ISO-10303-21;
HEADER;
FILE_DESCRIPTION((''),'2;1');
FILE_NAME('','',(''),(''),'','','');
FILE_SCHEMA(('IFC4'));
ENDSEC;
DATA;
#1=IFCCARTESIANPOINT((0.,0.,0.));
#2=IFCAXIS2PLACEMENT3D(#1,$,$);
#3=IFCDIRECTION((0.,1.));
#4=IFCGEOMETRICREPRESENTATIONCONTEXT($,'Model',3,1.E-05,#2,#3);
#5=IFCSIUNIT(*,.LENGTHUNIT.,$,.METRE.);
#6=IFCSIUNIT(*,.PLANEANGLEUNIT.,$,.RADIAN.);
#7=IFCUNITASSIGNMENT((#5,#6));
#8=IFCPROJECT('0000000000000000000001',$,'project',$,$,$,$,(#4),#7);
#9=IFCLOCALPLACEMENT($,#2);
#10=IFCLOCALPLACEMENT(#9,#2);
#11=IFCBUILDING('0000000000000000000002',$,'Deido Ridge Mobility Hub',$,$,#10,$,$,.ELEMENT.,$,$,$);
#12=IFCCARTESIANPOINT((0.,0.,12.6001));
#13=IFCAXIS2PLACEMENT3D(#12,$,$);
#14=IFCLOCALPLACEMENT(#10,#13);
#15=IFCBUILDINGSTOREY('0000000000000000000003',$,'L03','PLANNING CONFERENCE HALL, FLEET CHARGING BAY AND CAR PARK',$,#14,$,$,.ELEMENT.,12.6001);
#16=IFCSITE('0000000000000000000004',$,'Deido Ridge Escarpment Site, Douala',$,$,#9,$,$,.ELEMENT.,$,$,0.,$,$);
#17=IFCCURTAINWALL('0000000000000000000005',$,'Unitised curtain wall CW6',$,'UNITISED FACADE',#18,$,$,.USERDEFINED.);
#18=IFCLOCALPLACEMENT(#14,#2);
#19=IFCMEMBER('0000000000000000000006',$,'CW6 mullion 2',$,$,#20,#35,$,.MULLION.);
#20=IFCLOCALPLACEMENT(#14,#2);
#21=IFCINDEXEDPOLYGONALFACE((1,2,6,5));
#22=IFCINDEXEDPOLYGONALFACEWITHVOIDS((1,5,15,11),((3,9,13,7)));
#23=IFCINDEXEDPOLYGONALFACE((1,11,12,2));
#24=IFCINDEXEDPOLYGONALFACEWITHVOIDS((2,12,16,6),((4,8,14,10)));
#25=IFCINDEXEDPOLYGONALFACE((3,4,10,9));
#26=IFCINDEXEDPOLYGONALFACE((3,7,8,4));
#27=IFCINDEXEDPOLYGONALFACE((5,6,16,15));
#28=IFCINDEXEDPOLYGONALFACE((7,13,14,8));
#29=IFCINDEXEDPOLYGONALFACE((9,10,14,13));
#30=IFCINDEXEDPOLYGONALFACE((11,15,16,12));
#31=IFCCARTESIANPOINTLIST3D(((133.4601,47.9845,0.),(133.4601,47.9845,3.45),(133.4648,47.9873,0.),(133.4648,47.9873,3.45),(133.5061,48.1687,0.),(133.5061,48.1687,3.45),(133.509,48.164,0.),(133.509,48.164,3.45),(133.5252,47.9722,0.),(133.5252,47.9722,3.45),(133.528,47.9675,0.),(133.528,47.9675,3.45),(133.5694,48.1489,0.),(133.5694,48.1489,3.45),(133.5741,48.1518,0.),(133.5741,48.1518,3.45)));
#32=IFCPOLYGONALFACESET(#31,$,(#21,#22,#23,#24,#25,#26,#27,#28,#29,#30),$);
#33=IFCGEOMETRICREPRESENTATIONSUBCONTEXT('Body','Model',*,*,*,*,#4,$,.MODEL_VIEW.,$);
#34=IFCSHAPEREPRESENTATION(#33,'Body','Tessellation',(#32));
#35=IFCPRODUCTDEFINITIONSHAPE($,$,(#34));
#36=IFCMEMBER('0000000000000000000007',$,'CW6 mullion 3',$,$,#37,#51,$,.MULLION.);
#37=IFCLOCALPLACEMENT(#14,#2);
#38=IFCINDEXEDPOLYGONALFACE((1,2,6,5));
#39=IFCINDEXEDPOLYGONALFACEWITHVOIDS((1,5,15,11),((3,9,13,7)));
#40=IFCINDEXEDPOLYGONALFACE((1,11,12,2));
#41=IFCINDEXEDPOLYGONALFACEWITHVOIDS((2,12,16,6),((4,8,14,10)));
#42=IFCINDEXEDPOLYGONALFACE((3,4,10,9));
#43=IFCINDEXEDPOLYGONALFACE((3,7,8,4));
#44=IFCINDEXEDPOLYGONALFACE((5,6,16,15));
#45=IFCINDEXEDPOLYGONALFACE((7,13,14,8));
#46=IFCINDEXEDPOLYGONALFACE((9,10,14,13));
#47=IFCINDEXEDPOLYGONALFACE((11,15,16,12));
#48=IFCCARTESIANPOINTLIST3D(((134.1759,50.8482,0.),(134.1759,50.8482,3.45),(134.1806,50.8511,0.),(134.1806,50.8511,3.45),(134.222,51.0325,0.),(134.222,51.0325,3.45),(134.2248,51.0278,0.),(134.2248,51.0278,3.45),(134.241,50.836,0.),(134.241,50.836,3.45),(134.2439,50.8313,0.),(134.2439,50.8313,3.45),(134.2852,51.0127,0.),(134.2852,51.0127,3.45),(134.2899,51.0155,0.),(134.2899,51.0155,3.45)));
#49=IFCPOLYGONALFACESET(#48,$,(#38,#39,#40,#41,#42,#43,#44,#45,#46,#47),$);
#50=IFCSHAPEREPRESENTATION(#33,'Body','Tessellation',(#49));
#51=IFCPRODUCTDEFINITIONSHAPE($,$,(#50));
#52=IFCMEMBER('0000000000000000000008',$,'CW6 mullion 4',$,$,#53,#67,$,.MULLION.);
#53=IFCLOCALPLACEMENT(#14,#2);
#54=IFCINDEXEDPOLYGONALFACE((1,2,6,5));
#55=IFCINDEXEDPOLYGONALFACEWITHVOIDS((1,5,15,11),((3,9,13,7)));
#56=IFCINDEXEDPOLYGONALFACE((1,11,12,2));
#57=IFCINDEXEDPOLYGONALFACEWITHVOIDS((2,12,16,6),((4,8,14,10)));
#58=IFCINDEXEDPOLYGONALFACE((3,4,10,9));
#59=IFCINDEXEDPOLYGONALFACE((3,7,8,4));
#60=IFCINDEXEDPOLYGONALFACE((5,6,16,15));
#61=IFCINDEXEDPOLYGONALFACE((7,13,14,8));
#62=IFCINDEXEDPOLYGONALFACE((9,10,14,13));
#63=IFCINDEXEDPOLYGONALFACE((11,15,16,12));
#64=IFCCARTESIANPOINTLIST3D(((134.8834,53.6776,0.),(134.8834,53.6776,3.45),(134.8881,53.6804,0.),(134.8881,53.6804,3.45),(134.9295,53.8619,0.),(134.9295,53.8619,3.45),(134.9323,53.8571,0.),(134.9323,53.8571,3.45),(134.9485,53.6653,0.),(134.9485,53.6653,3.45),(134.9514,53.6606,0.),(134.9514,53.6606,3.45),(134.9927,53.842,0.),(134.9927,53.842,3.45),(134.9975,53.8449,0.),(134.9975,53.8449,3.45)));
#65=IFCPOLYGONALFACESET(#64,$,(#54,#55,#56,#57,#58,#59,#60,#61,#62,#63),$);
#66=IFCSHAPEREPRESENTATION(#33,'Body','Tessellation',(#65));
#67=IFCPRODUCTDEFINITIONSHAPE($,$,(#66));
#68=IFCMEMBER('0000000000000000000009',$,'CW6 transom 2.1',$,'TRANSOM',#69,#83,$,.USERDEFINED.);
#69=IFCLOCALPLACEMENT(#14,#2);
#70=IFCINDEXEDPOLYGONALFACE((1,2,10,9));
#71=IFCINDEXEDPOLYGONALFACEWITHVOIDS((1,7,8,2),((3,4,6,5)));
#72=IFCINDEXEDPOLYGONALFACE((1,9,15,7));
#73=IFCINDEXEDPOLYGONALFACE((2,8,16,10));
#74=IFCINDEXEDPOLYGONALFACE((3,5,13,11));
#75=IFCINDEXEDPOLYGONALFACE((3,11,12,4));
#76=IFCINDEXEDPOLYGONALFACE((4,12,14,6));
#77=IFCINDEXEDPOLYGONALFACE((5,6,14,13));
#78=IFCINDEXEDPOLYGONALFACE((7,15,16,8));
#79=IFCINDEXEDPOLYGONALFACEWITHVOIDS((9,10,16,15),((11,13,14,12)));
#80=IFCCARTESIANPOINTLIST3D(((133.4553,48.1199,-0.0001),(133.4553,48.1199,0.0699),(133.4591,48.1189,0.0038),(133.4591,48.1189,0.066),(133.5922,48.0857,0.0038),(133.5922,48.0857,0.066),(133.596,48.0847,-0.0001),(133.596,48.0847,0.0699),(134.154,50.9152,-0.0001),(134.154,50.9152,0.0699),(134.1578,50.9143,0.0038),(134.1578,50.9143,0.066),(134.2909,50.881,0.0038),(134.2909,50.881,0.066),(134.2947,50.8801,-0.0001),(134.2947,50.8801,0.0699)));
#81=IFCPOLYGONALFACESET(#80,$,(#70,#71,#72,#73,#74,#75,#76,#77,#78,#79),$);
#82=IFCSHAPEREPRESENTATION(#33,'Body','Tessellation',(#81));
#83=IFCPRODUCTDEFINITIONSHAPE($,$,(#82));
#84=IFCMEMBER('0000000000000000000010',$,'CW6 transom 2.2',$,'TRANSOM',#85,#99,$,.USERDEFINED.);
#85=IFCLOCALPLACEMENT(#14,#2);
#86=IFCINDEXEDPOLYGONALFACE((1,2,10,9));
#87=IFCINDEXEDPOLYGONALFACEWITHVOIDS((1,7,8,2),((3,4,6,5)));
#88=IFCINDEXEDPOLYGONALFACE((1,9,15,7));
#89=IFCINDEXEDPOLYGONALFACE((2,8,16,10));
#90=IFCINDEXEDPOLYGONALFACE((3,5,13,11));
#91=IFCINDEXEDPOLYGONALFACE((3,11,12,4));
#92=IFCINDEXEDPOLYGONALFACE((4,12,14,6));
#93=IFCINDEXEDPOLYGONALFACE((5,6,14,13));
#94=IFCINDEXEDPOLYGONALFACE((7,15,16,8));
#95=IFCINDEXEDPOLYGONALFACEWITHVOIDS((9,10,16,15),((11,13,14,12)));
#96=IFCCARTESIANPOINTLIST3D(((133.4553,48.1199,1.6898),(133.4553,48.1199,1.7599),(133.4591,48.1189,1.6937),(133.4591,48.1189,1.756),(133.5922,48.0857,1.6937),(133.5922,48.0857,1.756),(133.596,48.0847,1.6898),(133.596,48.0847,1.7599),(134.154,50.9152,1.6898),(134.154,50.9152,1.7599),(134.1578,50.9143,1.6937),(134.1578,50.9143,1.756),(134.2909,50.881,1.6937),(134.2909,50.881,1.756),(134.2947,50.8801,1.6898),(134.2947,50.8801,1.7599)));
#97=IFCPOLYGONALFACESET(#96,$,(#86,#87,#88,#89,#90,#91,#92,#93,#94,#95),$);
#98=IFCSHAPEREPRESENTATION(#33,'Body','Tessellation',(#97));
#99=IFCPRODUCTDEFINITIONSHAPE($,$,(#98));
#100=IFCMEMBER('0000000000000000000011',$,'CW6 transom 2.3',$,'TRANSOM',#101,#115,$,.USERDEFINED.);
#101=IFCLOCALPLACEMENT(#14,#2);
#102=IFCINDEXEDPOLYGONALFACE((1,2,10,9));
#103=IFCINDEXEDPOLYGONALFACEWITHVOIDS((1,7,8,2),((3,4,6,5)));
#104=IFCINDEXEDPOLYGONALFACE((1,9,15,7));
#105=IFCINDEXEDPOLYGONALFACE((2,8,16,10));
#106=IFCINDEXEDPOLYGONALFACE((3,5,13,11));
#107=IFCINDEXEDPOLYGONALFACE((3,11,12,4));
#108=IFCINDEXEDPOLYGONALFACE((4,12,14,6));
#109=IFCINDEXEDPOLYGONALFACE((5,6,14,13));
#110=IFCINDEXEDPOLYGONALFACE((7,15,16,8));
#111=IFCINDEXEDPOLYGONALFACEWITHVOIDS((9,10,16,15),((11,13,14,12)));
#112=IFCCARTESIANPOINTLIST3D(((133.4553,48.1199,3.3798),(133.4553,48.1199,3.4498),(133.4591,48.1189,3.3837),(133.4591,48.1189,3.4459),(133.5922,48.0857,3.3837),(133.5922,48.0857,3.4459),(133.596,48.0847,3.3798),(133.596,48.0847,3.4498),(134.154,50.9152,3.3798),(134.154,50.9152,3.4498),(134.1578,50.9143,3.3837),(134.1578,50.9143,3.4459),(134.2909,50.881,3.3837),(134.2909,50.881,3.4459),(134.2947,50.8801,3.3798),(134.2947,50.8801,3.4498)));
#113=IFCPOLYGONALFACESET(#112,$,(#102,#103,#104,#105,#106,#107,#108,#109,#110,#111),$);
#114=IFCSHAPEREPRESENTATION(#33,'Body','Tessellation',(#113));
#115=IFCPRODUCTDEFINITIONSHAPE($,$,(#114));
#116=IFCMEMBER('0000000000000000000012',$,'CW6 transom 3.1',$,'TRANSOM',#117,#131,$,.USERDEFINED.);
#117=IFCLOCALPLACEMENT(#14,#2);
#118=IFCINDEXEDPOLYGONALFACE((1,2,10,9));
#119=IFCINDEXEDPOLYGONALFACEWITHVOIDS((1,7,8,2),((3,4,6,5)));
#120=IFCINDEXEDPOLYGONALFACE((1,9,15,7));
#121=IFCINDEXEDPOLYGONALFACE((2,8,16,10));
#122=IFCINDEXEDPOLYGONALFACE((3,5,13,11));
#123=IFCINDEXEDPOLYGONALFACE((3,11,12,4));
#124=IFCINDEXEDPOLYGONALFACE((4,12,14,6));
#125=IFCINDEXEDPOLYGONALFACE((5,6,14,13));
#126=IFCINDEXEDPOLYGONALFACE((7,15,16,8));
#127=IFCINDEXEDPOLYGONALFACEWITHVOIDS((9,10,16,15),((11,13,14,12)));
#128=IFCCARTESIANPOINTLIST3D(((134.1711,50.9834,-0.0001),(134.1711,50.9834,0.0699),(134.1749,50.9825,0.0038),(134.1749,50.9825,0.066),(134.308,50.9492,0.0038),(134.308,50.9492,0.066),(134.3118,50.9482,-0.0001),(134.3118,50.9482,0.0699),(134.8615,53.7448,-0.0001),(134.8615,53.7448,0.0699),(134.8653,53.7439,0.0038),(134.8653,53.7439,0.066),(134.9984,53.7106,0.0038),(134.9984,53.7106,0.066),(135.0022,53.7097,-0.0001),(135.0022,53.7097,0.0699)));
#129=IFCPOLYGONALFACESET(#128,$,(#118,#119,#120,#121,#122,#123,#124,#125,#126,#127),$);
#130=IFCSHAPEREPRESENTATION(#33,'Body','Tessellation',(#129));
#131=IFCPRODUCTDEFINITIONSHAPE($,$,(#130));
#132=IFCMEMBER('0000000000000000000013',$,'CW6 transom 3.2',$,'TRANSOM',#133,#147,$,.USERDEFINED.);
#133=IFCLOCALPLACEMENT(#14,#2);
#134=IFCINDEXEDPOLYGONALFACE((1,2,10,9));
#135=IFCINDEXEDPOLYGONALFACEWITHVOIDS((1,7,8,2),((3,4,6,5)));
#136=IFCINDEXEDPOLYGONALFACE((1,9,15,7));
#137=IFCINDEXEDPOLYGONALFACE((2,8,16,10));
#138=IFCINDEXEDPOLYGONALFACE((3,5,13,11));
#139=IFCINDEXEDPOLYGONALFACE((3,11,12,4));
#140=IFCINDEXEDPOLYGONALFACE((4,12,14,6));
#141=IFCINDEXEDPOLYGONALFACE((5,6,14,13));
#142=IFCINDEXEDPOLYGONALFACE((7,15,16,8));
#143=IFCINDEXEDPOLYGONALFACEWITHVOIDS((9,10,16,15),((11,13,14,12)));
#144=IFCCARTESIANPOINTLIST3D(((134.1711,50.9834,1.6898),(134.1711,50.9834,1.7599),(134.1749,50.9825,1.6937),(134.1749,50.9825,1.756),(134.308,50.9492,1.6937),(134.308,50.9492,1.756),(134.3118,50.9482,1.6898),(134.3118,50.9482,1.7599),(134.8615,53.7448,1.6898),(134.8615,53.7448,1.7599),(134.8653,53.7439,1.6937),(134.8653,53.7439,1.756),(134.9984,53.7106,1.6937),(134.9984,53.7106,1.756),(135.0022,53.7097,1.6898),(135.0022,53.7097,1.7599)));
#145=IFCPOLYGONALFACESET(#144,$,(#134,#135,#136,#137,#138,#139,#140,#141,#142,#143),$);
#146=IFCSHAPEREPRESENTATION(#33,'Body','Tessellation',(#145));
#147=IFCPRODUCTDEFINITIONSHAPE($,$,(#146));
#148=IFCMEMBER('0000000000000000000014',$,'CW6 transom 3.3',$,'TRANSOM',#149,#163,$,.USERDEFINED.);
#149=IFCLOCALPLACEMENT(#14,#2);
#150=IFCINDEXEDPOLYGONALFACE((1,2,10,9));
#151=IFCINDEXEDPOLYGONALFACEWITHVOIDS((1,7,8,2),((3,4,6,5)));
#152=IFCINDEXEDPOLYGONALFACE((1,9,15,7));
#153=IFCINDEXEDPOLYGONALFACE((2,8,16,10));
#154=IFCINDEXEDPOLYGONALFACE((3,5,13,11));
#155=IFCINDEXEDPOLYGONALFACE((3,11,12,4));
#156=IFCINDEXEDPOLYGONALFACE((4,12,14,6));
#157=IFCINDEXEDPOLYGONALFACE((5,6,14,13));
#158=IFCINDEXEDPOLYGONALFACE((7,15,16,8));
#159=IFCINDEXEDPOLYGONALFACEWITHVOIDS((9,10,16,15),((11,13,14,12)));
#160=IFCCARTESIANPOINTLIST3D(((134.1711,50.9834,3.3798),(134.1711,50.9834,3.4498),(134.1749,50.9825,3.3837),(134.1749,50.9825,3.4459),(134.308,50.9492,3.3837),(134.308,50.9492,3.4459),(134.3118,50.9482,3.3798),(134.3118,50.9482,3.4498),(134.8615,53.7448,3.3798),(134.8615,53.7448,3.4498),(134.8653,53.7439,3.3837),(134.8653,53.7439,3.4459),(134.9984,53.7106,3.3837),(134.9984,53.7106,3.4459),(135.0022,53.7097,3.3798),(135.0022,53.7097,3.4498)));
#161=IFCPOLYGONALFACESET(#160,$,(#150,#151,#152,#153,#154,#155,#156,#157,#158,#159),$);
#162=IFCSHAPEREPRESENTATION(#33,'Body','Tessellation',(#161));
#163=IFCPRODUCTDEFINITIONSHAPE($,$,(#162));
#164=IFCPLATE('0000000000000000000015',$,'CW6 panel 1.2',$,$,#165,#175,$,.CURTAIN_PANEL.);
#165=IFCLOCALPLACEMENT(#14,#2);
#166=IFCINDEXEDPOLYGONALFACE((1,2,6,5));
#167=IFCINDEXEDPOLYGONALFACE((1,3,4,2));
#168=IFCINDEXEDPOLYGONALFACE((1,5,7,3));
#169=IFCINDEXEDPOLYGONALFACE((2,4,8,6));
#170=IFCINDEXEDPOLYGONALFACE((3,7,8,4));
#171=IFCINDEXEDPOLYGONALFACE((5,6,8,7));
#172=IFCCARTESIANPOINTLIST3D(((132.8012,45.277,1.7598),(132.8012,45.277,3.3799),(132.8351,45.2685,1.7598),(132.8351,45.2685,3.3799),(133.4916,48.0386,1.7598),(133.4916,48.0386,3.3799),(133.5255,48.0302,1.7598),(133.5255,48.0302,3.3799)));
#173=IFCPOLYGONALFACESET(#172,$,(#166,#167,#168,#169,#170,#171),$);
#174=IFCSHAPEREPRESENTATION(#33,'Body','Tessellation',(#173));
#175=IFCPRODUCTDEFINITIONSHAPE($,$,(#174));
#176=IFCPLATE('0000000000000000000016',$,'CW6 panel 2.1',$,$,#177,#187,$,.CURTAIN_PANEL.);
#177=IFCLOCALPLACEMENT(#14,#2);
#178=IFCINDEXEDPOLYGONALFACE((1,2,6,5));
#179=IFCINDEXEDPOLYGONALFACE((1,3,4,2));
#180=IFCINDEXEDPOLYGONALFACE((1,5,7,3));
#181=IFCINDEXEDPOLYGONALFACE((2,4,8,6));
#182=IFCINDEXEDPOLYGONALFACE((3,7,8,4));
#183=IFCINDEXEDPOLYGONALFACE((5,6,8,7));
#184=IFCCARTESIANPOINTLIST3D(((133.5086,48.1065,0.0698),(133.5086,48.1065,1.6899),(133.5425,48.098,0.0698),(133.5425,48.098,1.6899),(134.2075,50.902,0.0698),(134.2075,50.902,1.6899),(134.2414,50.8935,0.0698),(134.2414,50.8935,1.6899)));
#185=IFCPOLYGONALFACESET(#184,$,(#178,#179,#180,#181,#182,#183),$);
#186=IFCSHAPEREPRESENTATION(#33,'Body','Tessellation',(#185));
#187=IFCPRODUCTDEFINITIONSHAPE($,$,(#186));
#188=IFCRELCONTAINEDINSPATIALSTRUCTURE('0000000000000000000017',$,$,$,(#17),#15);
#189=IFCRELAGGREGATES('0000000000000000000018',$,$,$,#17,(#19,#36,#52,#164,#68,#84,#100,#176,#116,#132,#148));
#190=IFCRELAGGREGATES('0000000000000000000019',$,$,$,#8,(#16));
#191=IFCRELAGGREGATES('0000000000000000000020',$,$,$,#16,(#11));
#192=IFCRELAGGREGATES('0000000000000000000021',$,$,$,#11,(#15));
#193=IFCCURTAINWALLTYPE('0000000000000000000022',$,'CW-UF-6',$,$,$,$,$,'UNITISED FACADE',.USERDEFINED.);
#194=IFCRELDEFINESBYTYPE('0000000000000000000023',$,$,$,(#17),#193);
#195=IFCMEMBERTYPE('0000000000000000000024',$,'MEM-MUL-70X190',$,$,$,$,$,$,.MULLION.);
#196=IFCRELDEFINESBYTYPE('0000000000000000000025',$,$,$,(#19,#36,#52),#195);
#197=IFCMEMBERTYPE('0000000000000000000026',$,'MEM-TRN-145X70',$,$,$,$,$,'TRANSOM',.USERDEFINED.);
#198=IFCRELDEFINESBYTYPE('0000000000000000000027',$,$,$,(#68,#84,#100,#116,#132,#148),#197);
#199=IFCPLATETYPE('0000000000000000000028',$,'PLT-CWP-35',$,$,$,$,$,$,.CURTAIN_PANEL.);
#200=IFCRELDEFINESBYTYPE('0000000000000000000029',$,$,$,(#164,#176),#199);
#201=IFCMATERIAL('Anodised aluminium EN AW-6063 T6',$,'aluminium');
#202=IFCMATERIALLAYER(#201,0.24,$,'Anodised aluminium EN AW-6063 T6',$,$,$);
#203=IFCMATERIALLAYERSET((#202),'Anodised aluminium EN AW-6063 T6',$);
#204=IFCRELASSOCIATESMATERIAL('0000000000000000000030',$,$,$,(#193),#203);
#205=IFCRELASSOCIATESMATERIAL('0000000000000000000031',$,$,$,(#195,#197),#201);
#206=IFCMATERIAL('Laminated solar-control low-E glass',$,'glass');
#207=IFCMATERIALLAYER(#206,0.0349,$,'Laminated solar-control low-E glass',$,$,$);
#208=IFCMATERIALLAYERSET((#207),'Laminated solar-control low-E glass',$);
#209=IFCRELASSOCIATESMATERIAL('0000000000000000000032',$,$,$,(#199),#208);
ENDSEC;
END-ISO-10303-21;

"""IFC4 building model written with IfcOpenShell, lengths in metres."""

from ifc_helpers import new_model, si_unit, direction, frame, origin, origin_2d, place, context, subcontext, project, spatial, rectangle, hollow_rectangle, extrude, material, layer, layer_set, material_profile, profile_set, type_object, element, aggregate, save


model = new_model("IFC4")

# Units and contexts
model_context = context("Model", 3, precision=1e-05, world=origin(), true_north=direction((0.0, 1.0)))
body_context = subcontext(model_context, "Body", "Model", "MODEL_VIEW")
ifc_project = project(units=[si_unit("LENGTHUNIT", "METRE"), si_unit("PLANEANGLEUNIT", "RADIAN")], contexts=[model_context])

# Site, building, storey
site_placement = place(None, origin())
site = spatial("IfcSite", under=ifc_project, at=site_placement, Name="Deido Ridge Escarpment Site, Douala", CompositionType="ELEMENT", RefElevation=0.0)
building_placement = place(site_placement, origin())
building = spatial("IfcBuilding", under=site, at=building_placement, Name="Deido Ridge Mobility Hub", CompositionType="ELEMENT")
storey_placement = place(building_placement, frame((0.0, 0.0, 12.6001)))
storey = spatial("IfcBuildingStorey", under=building, at=storey_placement, Name="L03", Description="PLANNING CONFERENCE HALL, FLEET CHARGING BAY AND CAR PARK", CompositionType="ELEMENT", Elevation=12.6001)

# Curtain wall, members, plates
ifc_material_1 = material(Name="Anodised aluminium EN AW-6063 T6", Category="aluminium")
ifc_layer_1 = layer(ifc_material_1, 0.24, Name="Anodised aluminium EN AW-6063 T6")
ifc_layer_set_1 = layer_set([ifc_layer_1], Name="Anodised aluminium EN AW-6063 T6")
curtain_wall_type = type_object("IfcCurtainWallType", Name="CW-UF-6", ElementType="UNITISED FACADE", PredefinedType="USERDEFINED", material=ifc_layer_set_1)
curtain_wall_placement = place(storey_placement, origin())
curtain_wall = element("IfcCurtainWall", 1, at=curtain_wall_placement, inside=storey, type_object=curtain_wall_type, Name="Unitised curtain wall CW6", ObjectType="UNITISED FACADE", PredefinedType="USERDEFINED")
ifc_material_profile_1 = material_profile(ifc_material_1, hollow_rectangle(XDim=0.0701, YDim=0.1899, WallThickness=0.0039, at=origin_2d()), Name="RHS 70x190x4")
ifc_profile_set_1 = profile_set([ifc_material_profile_1], Name="Anodised aluminium EN AW-6063 T6")
member_type_1 = type_object("IfcMemberType", Name="MEM-MUL-70X190", PredefinedType="MULLION", material=ifc_profile_set_1)
member_1_placement = place(storey_placement, frame((133.5171, 48.0681, 0.0), z_axis=(0.0, 0.0, 1.0), x_axis=(-0.970144, 0.24253, 0.0)))
member_1 = element("IfcMember", 2, at=member_1_placement, type_object=member_type_1, Name="CW6 mullion 2", PredefinedType="MULLION", context=body_context, shape_type="SweptSolid", body=[
    extrude(hollow_rectangle(XDim=0.0701, YDim=0.1899, WallThickness=0.0039, at=origin_2d()), origin(), (0.0, 0.0, 1.0), 3.45),
])
member_2_placement = place(storey_placement, frame((134.2329, 50.9319, 0.0), z_axis=(0.0, 0.0, 1.0), x_axis=(-0.970144, 0.24253, 0.0)))
member_2 = element("IfcMember", 3, at=member_2_placement, type_object=member_type_1, Name="CW6 mullion 3", PredefinedType="MULLION", context=body_context, shape_type="SweptSolid", body=[
    extrude(hollow_rectangle(XDim=0.0701, YDim=0.1899, WallThickness=0.0039, at=origin_2d()), origin(), (0.0, 0.0, 1.0), 3.45),
])
member_3_placement = place(storey_placement, frame((134.9404, 53.7612, 0.0), z_axis=(0.0, 0.0, 1.0), x_axis=(-0.970144, 0.24253, 0.0)))
member_3 = element("IfcMember", 4, at=member_3_placement, type_object=member_type_1, Name="CW6 mullion 4", PredefinedType="MULLION", context=body_context, shape_type="SweptSolid", body=[
    extrude(hollow_rectangle(XDim=0.0701, YDim=0.1899, WallThickness=0.0039, at=origin_2d()), origin(), (0.0, 0.0, 1.0), 3.45),
])
ifc_material_profile_2 = material_profile(ifc_material_1, hollow_rectangle(XDim=0.145, YDim=0.0701, WallThickness=0.0039, at=origin_2d()), Name="RHS 145x70x4")
ifc_profile_set_2 = profile_set([ifc_material_profile_2], Name="Anodised aluminium EN AW-6063 T6")
member_type_2 = type_object("IfcMemberType", Name="MEM-TRN-145X70", ElementType="TRANSOM", PredefinedType="USERDEFINED", material=ifc_profile_set_2)
member_4_placement = place(storey_placement, frame((133.5256, 48.1023, 0.0349), z_axis=(0.242496, 0.970152, 0.0), x_axis=(-0.970152, 0.242496, 0.0)))
member_4 = element("IfcMember", 5, at=member_4_placement, type_object=member_type_2, Name="CW6 transom 2.1", ObjectType="TRANSOM", PredefinedType="USERDEFINED", context=body_context, shape_type="SweptSolid", body=[
    extrude(hollow_rectangle(XDim=0.145, YDim=0.0701, WallThickness=0.0039, at=origin_2d()), origin(), (0.0, 0.0, 1.0), 2.8813),
])
member_5_placement = place(storey_placement, frame((133.5256, 48.1023, 1.7249), z_axis=(0.242496, 0.970152, 0.0), x_axis=(-0.970152, 0.242496, 0.0)))
member_5 = element("IfcMember", 6, at=member_5_placement, type_object=member_type_2, Name="CW6 transom 2.2", ObjectType="TRANSOM", PredefinedType="USERDEFINED", context=body_context, shape_type="SweptSolid", body=[
    extrude(hollow_rectangle(XDim=0.145, YDim=0.0701, WallThickness=0.0039, at=origin_2d()), origin(), (0.0, 0.0, 1.0), 2.8813),
])
member_6_placement = place(storey_placement, frame((133.5256, 48.1023, 3.4148), z_axis=(0.242496, 0.970152, 0.0), x_axis=(-0.970152, 0.242496, 0.0)))
member_6 = element("IfcMember", 7, at=member_6_placement, type_object=member_type_2, Name="CW6 transom 2.3", ObjectType="TRANSOM", PredefinedType="USERDEFINED", context=body_context, shape_type="SweptSolid", body=[
    extrude(hollow_rectangle(XDim=0.145, YDim=0.0701, WallThickness=0.0039, at=origin_2d()), origin(), (0.0, 0.0, 1.0), 2.8813),
])
member_7_placement = place(storey_placement, frame((134.2415, 50.9658, 0.0349), z_axis=(0.242556, 0.970137, 0.0), x_axis=(-0.970137, 0.242556, 0.0)))
member_7 = element("IfcMember", 8, at=member_7_placement, type_object=member_type_2, Name="CW6 transom 3.1", ObjectType="TRANSOM", PredefinedType="USERDEFINED", context=body_context, shape_type="SweptSolid", body=[
    extrude(hollow_rectangle(XDim=0.145, YDim=0.0701, WallThickness=0.0039, at=origin_2d()), origin(), (0.0, 0.0, 1.0), 2.8464),
])
member_8_placement = place(storey_placement, frame((134.2415, 50.9658, 1.7249), z_axis=(0.242556, 0.970137, 0.0), x_axis=(-0.970137, 0.242556, 0.0)))
member_8 = element("IfcMember", 9, at=member_8_placement, type_object=member_type_2, Name="CW6 transom 3.2", ObjectType="TRANSOM", PredefinedType="USERDEFINED", context=body_context, shape_type="SweptSolid", body=[
    extrude(hollow_rectangle(XDim=0.145, YDim=0.0701, WallThickness=0.0039, at=origin_2d()), origin(), (0.0, 0.0, 1.0), 2.8464),
])
member_9_placement = place(storey_placement, frame((134.2415, 50.9658, 3.4148), z_axis=(0.242556, 0.970137, 0.0), x_axis=(-0.970137, 0.242556, 0.0)))
member_9 = element("IfcMember", 10, at=member_9_placement, type_object=member_type_2, Name="CW6 transom 3.3", ObjectType="TRANSOM", PredefinedType="USERDEFINED", context=body_context, shape_type="SweptSolid", body=[
    extrude(hollow_rectangle(XDim=0.145, YDim=0.0701, WallThickness=0.0039, at=origin_2d()), origin(), (0.0, 0.0, 1.0), 2.8464),
])
ifc_material_2 = material(Name="Laminated solar-control low-E glass", Category="glass")
ifc_layer_2 = layer(ifc_material_2, 0.0349, Name="Laminated solar-control low-E glass")
ifc_layer_set_2 = layer_set([ifc_layer_2], Name="Laminated solar-control low-E glass")
plate_type = type_object("IfcPlateType", Name="PLT-CWP-35", PredefinedType="CURTAIN_PANEL", material=ifc_layer_set_2)
plate_1_placement = place(storey_placement, frame((133.1633, 46.6536, 1.7598), z_axis=(0.0, 0.0, 1.0), x_axis=(0.24253, 0.970144, 0.0)))
plate_1 = element("IfcPlate", 11, at=plate_1_placement, type_object=plate_type, Name="CW6 panel 1.2", PredefinedType="CURTAIN_PANEL", context=body_context, shape_type="SweptSolid", body=[
    extrude(rectangle(XDim=2.8467, YDim=0.0349, at=origin_2d()), origin(), (0.0, 0.0, 1.0), 1.6201),
])
plate_2_placement = place(storey_placement, frame((133.875, 49.5, 0.0698), z_axis=(0.0, 0.0, 1.0), x_axis=(0.24253, 0.970144, 0.0)))
plate_2 = element("IfcPlate", 12, at=plate_2_placement, type_object=plate_type, Name="CW6 panel 2.1", PredefinedType="CURTAIN_PANEL", context=body_context, shape_type="SweptSolid", body=[
    extrude(rectangle(XDim=2.8816, YDim=0.0349, at=origin_2d()), origin(), (0.0, 0.0, 1.0), 1.6201),
])
aggregate(curtain_wall, [member_1, member_2, member_3, plate_1, member_4, member_5, member_6, plate_2, member_7, member_8, member_9])

save(model, "model.ifc")
